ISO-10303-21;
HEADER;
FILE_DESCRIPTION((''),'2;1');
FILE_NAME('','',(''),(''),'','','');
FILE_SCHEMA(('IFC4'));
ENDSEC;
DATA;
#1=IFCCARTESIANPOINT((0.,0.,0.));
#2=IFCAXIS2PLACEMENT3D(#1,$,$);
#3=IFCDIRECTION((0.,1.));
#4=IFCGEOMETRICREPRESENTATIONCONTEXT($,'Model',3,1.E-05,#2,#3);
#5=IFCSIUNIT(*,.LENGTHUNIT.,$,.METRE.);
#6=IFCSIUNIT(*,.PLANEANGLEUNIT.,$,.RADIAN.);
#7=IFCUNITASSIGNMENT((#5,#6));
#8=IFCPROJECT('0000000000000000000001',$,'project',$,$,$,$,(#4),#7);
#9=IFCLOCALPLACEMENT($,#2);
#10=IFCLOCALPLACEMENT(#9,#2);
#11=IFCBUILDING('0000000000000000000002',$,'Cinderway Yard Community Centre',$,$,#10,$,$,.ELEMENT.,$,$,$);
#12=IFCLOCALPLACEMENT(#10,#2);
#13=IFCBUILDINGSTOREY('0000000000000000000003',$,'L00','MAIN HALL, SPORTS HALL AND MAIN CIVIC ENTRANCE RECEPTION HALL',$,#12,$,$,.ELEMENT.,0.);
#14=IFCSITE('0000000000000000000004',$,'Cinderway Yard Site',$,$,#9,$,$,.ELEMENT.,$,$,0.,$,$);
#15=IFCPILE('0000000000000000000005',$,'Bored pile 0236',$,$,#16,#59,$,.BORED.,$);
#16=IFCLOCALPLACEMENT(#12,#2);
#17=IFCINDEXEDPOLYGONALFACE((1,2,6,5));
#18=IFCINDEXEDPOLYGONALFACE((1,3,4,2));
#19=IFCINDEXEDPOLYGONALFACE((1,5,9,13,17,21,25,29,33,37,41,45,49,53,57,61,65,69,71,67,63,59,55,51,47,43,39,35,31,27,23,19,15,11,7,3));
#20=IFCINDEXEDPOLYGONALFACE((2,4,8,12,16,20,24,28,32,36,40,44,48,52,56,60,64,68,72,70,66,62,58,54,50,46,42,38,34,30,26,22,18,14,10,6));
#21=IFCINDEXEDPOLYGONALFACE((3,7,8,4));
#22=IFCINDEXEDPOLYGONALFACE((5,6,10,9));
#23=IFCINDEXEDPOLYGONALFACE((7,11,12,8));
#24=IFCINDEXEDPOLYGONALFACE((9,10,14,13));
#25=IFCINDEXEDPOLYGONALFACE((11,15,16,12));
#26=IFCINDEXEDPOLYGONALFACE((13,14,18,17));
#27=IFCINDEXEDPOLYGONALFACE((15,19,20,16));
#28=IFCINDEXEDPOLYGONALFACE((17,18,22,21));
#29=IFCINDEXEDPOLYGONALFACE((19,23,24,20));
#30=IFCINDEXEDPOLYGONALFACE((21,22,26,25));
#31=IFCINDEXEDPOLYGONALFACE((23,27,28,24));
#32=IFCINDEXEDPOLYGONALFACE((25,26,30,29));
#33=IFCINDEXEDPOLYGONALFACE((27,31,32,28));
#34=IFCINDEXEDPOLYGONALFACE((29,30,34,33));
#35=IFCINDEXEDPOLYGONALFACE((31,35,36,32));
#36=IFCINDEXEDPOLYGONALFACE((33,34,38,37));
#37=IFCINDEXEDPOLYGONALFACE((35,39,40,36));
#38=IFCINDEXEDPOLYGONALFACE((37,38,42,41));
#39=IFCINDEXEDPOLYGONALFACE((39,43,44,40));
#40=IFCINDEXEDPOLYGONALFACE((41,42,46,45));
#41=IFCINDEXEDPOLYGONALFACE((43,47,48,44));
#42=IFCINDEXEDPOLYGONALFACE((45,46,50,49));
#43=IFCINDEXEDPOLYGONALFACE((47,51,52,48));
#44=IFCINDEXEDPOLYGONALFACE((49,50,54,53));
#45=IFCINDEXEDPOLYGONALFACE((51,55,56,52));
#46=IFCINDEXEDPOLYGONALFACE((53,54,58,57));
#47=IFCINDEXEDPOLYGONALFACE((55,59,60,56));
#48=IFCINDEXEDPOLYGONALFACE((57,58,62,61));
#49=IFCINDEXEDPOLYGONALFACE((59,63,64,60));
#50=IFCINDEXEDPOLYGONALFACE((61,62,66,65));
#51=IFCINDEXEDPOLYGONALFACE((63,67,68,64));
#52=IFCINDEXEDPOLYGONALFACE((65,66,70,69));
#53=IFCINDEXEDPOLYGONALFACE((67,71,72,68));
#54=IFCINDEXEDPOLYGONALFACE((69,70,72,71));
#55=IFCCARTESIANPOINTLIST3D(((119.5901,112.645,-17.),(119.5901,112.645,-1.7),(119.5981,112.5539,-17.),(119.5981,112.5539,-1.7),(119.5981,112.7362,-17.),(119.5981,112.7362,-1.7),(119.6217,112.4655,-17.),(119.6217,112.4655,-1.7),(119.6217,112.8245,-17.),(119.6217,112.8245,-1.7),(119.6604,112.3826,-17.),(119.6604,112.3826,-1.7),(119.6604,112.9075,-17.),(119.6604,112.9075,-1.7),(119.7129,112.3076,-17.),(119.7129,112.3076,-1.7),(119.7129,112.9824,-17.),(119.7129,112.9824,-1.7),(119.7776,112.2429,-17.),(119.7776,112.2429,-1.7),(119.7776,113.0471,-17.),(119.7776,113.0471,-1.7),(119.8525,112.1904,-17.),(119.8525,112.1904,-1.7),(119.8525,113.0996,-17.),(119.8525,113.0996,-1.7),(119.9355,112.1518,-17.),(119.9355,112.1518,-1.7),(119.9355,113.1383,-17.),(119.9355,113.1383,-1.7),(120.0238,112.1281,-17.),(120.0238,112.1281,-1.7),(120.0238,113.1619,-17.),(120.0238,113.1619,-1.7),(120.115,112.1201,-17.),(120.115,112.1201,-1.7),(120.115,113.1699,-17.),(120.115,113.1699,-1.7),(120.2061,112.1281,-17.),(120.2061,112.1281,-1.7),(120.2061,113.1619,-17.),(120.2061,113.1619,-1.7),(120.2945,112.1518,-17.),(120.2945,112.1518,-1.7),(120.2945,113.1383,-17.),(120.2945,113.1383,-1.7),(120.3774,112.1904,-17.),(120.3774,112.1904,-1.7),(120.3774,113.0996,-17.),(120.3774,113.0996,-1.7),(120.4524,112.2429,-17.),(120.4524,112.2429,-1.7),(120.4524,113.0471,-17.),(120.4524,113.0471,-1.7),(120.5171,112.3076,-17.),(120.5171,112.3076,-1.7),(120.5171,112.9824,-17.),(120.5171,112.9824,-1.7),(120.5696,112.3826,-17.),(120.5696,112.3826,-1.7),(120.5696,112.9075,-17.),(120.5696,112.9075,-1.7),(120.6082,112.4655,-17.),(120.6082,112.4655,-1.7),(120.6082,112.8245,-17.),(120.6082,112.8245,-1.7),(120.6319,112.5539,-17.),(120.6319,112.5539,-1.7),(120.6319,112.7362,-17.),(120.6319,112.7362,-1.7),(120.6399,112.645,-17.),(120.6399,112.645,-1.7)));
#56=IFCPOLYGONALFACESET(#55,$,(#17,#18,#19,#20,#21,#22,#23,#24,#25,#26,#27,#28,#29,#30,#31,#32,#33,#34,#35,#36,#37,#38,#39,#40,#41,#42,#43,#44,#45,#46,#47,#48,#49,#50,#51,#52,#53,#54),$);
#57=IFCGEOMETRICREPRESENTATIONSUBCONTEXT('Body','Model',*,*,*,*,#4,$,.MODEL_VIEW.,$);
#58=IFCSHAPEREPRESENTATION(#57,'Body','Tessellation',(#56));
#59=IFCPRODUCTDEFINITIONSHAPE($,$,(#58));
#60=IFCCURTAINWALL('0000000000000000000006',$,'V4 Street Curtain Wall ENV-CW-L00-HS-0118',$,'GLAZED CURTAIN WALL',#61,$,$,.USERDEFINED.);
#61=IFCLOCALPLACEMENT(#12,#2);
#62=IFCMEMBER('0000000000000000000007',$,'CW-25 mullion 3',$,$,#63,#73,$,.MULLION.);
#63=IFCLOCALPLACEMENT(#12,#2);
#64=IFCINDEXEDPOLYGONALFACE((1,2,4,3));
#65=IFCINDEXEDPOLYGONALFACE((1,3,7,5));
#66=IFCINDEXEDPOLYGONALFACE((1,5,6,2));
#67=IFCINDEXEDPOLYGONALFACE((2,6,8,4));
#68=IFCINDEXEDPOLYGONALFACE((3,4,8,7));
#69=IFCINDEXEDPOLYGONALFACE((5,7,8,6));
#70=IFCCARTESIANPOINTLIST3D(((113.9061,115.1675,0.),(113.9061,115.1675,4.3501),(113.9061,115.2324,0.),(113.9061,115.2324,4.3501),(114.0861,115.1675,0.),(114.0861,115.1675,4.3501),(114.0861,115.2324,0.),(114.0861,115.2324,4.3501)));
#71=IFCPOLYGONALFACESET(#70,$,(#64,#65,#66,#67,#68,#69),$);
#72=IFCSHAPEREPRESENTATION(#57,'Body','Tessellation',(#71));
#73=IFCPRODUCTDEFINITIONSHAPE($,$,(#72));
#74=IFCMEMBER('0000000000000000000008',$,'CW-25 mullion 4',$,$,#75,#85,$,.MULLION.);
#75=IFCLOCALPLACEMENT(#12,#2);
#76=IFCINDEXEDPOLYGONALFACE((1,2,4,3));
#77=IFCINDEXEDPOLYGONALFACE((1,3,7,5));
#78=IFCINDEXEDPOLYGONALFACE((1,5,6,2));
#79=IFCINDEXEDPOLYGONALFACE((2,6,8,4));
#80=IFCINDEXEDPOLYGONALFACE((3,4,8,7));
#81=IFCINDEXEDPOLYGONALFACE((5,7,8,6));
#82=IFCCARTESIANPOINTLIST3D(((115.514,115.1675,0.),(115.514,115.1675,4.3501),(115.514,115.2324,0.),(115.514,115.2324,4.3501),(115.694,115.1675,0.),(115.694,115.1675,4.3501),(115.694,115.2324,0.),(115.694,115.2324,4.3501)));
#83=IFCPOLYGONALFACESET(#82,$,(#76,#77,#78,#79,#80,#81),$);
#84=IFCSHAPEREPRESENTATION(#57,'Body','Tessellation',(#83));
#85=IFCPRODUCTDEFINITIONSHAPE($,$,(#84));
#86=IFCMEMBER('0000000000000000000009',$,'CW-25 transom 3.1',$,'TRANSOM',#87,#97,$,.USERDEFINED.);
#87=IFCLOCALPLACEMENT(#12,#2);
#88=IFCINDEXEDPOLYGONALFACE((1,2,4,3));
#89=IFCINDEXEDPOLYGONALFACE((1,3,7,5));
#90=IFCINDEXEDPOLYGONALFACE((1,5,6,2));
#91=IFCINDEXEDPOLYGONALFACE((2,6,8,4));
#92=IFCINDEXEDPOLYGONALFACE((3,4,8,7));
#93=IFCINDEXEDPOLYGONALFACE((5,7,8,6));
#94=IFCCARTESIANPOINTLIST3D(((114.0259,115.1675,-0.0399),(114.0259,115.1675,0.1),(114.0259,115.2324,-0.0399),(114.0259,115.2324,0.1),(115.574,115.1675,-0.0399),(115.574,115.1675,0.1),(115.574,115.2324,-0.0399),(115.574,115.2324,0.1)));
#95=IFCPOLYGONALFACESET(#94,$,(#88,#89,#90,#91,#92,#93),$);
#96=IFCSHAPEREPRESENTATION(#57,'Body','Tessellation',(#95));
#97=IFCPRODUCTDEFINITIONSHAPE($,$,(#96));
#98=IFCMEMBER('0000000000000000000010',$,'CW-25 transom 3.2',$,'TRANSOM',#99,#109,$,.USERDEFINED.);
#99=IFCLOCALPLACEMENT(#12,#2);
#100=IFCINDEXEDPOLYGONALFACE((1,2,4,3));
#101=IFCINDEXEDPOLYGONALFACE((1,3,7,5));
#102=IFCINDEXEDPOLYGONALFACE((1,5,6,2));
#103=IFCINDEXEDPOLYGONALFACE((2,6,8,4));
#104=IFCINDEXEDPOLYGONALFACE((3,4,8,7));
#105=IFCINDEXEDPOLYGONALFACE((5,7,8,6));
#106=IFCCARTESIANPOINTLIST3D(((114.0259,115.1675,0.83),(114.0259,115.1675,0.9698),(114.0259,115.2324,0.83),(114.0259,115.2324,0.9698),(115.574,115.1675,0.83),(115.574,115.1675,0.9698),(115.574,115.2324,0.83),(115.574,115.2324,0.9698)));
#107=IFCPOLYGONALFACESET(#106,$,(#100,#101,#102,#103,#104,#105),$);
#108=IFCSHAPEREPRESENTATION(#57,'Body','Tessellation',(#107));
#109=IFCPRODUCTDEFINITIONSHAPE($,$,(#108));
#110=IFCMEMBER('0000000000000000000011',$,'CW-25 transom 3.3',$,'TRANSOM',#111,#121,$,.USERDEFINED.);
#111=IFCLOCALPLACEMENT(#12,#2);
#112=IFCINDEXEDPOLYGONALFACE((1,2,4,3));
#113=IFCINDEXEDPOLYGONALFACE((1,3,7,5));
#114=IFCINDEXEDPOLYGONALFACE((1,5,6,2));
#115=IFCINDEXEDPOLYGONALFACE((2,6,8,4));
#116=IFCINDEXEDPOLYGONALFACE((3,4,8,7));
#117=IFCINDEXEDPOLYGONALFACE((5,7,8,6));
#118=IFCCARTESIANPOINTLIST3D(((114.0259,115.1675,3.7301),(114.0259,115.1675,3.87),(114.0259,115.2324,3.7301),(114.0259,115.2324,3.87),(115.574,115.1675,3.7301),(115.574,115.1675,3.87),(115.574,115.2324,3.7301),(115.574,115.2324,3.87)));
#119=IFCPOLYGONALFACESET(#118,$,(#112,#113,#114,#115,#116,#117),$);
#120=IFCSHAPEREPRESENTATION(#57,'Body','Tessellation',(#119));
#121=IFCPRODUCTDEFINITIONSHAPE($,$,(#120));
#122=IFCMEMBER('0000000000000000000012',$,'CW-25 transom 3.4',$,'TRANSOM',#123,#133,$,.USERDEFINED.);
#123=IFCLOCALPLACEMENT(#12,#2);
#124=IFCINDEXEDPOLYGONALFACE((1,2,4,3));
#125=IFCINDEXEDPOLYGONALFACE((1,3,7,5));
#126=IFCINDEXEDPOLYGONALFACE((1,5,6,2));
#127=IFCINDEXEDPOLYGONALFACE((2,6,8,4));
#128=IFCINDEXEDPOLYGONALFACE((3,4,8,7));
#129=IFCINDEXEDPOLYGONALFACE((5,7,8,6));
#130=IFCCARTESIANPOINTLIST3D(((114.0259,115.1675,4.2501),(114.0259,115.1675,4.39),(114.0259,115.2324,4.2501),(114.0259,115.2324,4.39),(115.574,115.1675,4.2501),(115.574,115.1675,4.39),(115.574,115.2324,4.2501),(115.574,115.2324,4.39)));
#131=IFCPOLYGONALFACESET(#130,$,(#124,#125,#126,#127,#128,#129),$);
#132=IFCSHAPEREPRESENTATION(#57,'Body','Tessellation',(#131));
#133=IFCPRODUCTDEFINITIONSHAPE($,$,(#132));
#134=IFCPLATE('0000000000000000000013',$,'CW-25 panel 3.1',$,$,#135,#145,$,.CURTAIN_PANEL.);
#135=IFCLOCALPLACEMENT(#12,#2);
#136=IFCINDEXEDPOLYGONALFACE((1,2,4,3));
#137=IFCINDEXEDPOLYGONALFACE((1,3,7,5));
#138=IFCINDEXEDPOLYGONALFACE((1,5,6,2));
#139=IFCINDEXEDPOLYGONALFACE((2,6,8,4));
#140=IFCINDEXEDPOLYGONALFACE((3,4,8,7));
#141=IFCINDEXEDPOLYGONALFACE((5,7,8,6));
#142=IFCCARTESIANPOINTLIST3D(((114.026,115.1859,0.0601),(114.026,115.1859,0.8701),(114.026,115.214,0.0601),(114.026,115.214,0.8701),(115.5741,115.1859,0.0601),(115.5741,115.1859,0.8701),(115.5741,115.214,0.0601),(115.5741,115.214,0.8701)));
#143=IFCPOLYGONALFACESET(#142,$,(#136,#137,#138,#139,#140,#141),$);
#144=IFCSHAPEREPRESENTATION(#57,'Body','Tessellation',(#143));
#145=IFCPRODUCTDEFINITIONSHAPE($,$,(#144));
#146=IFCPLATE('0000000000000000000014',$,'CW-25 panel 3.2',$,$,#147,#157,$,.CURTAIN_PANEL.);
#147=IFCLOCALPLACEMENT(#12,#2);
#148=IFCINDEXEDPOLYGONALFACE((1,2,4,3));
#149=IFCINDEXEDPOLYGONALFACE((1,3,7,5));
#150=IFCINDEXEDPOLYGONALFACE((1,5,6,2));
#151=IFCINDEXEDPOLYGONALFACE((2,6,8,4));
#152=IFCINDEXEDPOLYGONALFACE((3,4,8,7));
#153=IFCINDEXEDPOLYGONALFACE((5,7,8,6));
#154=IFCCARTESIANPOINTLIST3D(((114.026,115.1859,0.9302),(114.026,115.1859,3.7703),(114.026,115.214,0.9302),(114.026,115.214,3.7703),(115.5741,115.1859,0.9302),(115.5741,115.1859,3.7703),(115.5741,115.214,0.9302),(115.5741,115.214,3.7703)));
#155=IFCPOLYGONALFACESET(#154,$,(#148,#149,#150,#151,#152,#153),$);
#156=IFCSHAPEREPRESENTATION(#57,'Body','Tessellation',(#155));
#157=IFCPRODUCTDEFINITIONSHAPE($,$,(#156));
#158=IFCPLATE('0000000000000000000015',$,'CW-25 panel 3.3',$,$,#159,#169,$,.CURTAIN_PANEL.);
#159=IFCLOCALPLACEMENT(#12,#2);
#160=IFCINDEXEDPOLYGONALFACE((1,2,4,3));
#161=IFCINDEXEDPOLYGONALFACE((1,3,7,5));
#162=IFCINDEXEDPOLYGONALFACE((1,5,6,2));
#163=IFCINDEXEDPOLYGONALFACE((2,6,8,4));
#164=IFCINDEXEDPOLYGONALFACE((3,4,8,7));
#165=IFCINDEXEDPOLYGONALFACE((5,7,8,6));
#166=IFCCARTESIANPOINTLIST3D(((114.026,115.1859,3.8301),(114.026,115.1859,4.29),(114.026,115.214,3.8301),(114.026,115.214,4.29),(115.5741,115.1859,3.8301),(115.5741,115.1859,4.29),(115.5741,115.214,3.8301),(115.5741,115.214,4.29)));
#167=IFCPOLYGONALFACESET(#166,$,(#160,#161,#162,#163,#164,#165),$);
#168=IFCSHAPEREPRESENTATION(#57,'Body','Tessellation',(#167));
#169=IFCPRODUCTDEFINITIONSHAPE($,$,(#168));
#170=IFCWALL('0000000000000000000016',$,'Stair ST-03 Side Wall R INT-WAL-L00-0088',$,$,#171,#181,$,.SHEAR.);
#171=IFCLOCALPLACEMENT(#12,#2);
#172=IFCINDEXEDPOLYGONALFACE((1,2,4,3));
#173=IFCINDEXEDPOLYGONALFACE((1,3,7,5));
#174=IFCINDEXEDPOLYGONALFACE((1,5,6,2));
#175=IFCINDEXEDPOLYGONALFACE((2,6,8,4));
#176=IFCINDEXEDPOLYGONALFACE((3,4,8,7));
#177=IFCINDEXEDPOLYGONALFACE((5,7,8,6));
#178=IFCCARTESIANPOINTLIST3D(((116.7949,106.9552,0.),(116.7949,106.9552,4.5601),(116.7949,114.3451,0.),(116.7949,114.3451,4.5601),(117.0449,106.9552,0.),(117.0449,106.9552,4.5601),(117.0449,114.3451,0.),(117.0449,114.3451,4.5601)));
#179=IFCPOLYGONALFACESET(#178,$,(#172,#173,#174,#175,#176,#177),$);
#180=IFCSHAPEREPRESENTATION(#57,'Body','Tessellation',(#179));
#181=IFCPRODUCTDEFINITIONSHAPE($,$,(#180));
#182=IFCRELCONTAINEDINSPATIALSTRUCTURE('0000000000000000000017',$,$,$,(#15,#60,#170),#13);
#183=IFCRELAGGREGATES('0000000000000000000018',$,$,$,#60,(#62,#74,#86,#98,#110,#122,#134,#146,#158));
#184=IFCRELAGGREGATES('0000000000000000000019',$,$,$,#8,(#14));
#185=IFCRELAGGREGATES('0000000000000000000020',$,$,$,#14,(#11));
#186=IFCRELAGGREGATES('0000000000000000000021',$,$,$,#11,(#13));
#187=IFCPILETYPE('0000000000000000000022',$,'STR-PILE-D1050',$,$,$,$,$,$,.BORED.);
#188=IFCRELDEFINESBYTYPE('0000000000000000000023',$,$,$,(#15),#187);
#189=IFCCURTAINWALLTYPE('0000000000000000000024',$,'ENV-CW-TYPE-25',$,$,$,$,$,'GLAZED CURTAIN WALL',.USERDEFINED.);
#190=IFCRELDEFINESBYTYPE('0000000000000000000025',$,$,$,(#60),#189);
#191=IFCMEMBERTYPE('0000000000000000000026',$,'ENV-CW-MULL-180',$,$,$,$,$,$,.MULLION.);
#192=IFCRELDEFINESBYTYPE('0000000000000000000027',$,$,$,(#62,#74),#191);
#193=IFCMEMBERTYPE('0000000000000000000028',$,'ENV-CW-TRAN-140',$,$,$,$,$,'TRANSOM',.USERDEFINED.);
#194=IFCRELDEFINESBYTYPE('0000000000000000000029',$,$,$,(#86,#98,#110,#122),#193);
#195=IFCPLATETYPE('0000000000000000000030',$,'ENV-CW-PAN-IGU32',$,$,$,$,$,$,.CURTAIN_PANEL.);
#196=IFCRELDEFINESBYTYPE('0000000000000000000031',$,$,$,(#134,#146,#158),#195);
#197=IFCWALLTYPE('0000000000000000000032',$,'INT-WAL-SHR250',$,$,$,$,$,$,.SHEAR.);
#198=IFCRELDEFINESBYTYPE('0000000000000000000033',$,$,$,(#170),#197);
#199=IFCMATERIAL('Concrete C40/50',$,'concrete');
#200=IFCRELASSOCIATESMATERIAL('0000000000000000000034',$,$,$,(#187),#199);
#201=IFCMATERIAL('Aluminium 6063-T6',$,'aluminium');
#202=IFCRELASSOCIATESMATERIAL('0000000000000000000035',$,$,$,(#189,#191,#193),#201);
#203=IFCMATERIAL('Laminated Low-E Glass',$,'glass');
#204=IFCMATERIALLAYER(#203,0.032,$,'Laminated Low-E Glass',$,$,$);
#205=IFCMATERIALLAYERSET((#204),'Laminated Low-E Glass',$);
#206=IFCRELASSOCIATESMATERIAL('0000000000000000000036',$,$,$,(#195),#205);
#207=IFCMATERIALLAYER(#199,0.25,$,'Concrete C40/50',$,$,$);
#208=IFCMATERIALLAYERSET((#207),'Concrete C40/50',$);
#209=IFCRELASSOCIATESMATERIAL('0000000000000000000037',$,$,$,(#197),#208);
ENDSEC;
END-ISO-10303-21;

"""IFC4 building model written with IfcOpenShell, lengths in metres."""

from ifc_helpers import new_model, si_unit, direction, frame, frame_2d, origin, origin_2d, place, context, subcontext, project, spatial, rectangle, circle, extrude, material, layer, layer_set, material_profile, profile_set, type_object, element, aggregate, save


model = new_model("IFC4")

# Units and contexts
model_context = context("Model", 3, precision=1e-05, world=origin(), true_north=direction((0.0, 1.0)))
body_context = subcontext(model_context, "Body", "Model", "MODEL_VIEW")
ifc_project = project(units=[si_unit("LENGTHUNIT", "METRE"), si_unit("PLANEANGLEUNIT", "RADIAN")], contexts=[model_context])

# Site, building, storey
site_placement = place(None, origin())
site = spatial("IfcSite", under=ifc_project, at=site_placement, Name="Cinderway Yard Site", CompositionType="ELEMENT", RefElevation=0.0)
building_placement = place(site_placement, origin())
building = spatial("IfcBuilding", under=site, at=building_placement, Name="Cinderway Yard Community Centre", CompositionType="ELEMENT")
storey_placement = place(building_placement, origin())
storey = spatial("IfcBuildingStorey", under=building, at=storey_placement, Name="L00", Description="MAIN HALL, SPORTS HALL AND MAIN CIVIC ENTRANCE RECEPTION HALL", CompositionType="ELEMENT", Elevation=0.0)

# Shared definitions
ifc_material_1 = material(Name="Concrete C40/50", Category="concrete")

# Pile
ifc_material_profile_1 = material_profile(ifc_material_1, circle(Radius=0.5249, at=origin_2d()), Name="Concrete C40/50")
ifc_profile_set_1 = profile_set([ifc_material_profile_1], Name="Concrete C40/50")
pile_type = type_object("IfcPileType", Name="STR-PILE-D1050", PredefinedType="BORED", material=ifc_profile_set_1)
for number, where, z_axis, x_axis, name in (
    (1, (120.115, 112.645, -1.7), (0.0, 0.0, -1.0), (1.0, 0.0, 0.0), "Bored pile 0236"),
):
    element("IfcPile", number, at=place(storey_placement, frame(where, z_axis=z_axis, x_axis=x_axis)), inside=storey, type_object=pile_type, Name=name, PredefinedType="BORED", context=body_context, shape_type="SweptSolid", body=[
        extrude(circle(Radius=0.5249, at=origin_2d()), origin(), (0.0, 0.0, 1.0), 15.3),
    ])

# Curtain wall, members, plates
ifc_material_2 = material(Name="Aluminium 6063-T6", Category="aluminium")
curtain_wall_type = type_object("IfcCurtainWallType", Name="ENV-CW-TYPE-25", ElementType="GLAZED CURTAIN WALL", PredefinedType="USERDEFINED", material=ifc_material_2)
curtain_wall_placement = place(storey_placement, origin())
curtain_wall = element("IfcCurtainWall", 2, at=curtain_wall_placement, inside=storey, type_object=curtain_wall_type, Name="V4 Street Curtain Wall ENV-CW-L00-HS-0118", ObjectType="GLAZED CURTAIN WALL", PredefinedType="USERDEFINED")
ifc_material_profile_2 = material_profile(ifc_material_2, rectangle(XDim=0.0649, YDim=0.1799, at=origin_2d()), Name="Aluminium 6063-T6")
ifc_profile_set_2 = profile_set([ifc_material_profile_2], Name="Aluminium 6063-T6")
member_type_1 = type_object("IfcMemberType", Name="ENV-CW-MULL-180", PredefinedType="MULLION", material=ifc_profile_set_2)
member_1_placement = place(storey_placement, frame((113.9961, 115.2, 0.0), z_axis=(0.0, 0.0, 1.0), x_axis=(0.0, 1.0, 0.0)))
member_1 = element("IfcMember", 3, at=member_1_placement, type_object=member_type_1, Name="CW-25 mullion 3", PredefinedType="MULLION", context=body_context, shape_type="SweptSolid", body=[
    extrude(rectangle(XDim=0.0649, YDim=0.1799, at=origin_2d()), origin(), (0.0, 0.0, 1.0), 4.3501),
])
member_2_placement = place(storey_placement, frame((115.604, 115.2, 0.0), z_axis=(0.0, 0.0, 1.0), x_axis=(0.0, 1.0, 0.0)))
member_2 = element("IfcMember", 4, at=member_2_placement, type_object=member_type_1, Name="CW-25 mullion 4", PredefinedType="MULLION", context=body_context, shape_type="SweptSolid", body=[
    extrude(rectangle(XDim=0.0649, YDim=0.1799, at=origin_2d()), origin(), (0.0, 0.0, 1.0), 4.3501),
])
ifc_material_profile_3 = material_profile(ifc_material_2, rectangle(XDim=0.0649, YDim=0.1399, at=origin_2d()), Name="Aluminium 6063-T6")
ifc_profile_set_3 = profile_set([ifc_material_profile_3], Name="Aluminium 6063-T6")
member_type_2 = type_object("IfcMemberType", Name="ENV-CW-TRAN-140", ElementType="TRANSOM", PredefinedType="USERDEFINED", material=ifc_profile_set_3)
member_3_placement = place(storey_placement, frame((114.0259, 115.2, 0.03), z_axis=(1.0, 0.0, 0.0), x_axis=(0.0, 1.0, 0.0)))
member_3 = element("IfcMember", 5, at=member_3_placement, type_object=member_type_2, Name="CW-25 transom 3.1", ObjectType="TRANSOM", PredefinedType="USERDEFINED", context=body_context, shape_type="SweptSolid", body=[
    extrude(rectangle(XDim=0.0649, YDim=0.1399, at=origin_2d()), origin(), (0.0, 0.0, 1.0), 1.5481),
])
member_4_placement = place(storey_placement, frame((114.0259, 115.2, 0.8999), z_axis=(1.0, 0.0, 0.0), x_axis=(0.0, 1.0, 0.0)))
member_4 = element("IfcMember", 6, at=member_4_placement, type_object=member_type_2, Name="CW-25 transom 3.2", ObjectType="TRANSOM", PredefinedType="USERDEFINED", context=body_context, shape_type="SweptSolid", body=[
    extrude(rectangle(XDim=0.0649, YDim=0.1399, at=origin_2d()), origin(), (0.0, 0.0, 1.0), 1.5481),
])
member_5_placement = place(storey_placement, frame((114.0259, 115.2, 3.8), z_axis=(1.0, 0.0, 0.0), x_axis=(0.0, 1.0, 0.0)))
member_5 = element("IfcMember", 7, at=member_5_placement, type_object=member_type_2, Name="CW-25 transom 3.3", ObjectType="TRANSOM", PredefinedType="USERDEFINED", context=body_context, shape_type="SweptSolid", body=[
    extrude(rectangle(XDim=0.0649, YDim=0.1399, at=origin_2d()), origin(), (0.0, 0.0, 1.0), 1.5481),
])
member_6_placement = place(storey_placement, frame((114.0259, 115.2, 4.3201), z_axis=(1.0, 0.0, 0.0), x_axis=(0.0, 1.0, 0.0)))
member_6 = element("IfcMember", 8, at=member_6_placement, type_object=member_type_2, Name="CW-25 transom 3.4", ObjectType="TRANSOM", PredefinedType="USERDEFINED", context=body_context, shape_type="SweptSolid", body=[
    extrude(rectangle(XDim=0.0649, YDim=0.1399, at=origin_2d()), origin(), (0.0, 0.0, 1.0), 1.5481),
])
ifc_material_3 = material(Name="Laminated Low-E Glass", Category="glass")
ifc_layer_1 = layer(ifc_material_3, 0.032, Name="Laminated Low-E Glass")
ifc_layer_set_1 = layer_set([ifc_layer_1], Name="Laminated Low-E Glass")
plate_type = type_object("IfcPlateType", Name="ENV-CW-PAN-IGU32", PredefinedType="CURTAIN_PANEL", material=ifc_layer_set_1)
plate_1_placement = place(storey_placement, frame((114.8, 115.2, 0.0601), z_axis=(0.0, 0.0, 1.0), x_axis=(1.0, 0.0, 0.0)))
plate_1 = element("IfcPlate", 9, at=plate_1_placement, type_object=plate_type, Name="CW-25 panel 3.1", PredefinedType="CURTAIN_PANEL", context=body_context, shape_type="SweptSolid", body=[
    extrude(rectangle(XDim=1.5481, YDim=0.0281, at=origin_2d()), origin(), (0.0, 0.0, 1.0), 0.8101),
])
plate_2_placement = place(storey_placement, frame((114.8, 115.2, 0.9302), z_axis=(0.0, 0.0, 1.0), x_axis=(1.0, 0.0, 0.0)))
plate_2 = element("IfcPlate", 10, at=plate_2_placement, type_object=plate_type, Name="CW-25 panel 3.2", PredefinedType="CURTAIN_PANEL", context=body_context, shape_type="SweptSolid", body=[
    extrude(rectangle(XDim=1.5481, YDim=0.0281, at=origin_2d()), origin(), (0.0, 0.0, 1.0), 2.8401),
])
plate_3_placement = place(storey_placement, frame((114.8, 115.2, 3.8301), z_axis=(0.0, 0.0, 1.0), x_axis=(1.0, 0.0, 0.0)))
plate_3 = element("IfcPlate", 11, at=plate_3_placement, type_object=plate_type, Name="CW-25 panel 3.3", PredefinedType="CURTAIN_PANEL", context=body_context, shape_type="SweptSolid", body=[
    extrude(rectangle(XDim=1.5481, YDim=0.0281, at=origin_2d()), origin(), (0.0, 0.0, 1.0), 0.46),
])
aggregate(curtain_wall, [member_1, member_2, member_3, member_4, member_5, member_6, plate_1, plate_2, plate_3])

# Wall
ifc_layer_2 = layer(ifc_material_1, 0.25, Name="Concrete C40/50")
ifc_layer_set_2 = layer_set([ifc_layer_2], Name="Concrete C40/50")
wall_type = type_object("IfcWallType", Name="INT-WAL-SHR250", PredefinedType="SHEAR", material=ifc_layer_set_2)
wall_placement = place(storey_placement, frame((116.9199, 114.345, 0.0), z_axis=(0.0, 0.0, 1.0), x_axis=(0.0, -1.0, 0.0)))
element("IfcWall", 12, at=wall_placement, inside=storey, type_object=wall_type, Name="Stair ST-03 Side Wall R INT-WAL-L00-0088", PredefinedType="SHEAR", context=body_context, shape_type="SweptSolid", body=[
    extrude(rectangle(XDim=7.3899, YDim=0.25, at=frame_2d((3.6948, 0.0))), origin(), (0.0, 0.0, 1.0), 4.5601),
])

save(model, "model.ifc")
